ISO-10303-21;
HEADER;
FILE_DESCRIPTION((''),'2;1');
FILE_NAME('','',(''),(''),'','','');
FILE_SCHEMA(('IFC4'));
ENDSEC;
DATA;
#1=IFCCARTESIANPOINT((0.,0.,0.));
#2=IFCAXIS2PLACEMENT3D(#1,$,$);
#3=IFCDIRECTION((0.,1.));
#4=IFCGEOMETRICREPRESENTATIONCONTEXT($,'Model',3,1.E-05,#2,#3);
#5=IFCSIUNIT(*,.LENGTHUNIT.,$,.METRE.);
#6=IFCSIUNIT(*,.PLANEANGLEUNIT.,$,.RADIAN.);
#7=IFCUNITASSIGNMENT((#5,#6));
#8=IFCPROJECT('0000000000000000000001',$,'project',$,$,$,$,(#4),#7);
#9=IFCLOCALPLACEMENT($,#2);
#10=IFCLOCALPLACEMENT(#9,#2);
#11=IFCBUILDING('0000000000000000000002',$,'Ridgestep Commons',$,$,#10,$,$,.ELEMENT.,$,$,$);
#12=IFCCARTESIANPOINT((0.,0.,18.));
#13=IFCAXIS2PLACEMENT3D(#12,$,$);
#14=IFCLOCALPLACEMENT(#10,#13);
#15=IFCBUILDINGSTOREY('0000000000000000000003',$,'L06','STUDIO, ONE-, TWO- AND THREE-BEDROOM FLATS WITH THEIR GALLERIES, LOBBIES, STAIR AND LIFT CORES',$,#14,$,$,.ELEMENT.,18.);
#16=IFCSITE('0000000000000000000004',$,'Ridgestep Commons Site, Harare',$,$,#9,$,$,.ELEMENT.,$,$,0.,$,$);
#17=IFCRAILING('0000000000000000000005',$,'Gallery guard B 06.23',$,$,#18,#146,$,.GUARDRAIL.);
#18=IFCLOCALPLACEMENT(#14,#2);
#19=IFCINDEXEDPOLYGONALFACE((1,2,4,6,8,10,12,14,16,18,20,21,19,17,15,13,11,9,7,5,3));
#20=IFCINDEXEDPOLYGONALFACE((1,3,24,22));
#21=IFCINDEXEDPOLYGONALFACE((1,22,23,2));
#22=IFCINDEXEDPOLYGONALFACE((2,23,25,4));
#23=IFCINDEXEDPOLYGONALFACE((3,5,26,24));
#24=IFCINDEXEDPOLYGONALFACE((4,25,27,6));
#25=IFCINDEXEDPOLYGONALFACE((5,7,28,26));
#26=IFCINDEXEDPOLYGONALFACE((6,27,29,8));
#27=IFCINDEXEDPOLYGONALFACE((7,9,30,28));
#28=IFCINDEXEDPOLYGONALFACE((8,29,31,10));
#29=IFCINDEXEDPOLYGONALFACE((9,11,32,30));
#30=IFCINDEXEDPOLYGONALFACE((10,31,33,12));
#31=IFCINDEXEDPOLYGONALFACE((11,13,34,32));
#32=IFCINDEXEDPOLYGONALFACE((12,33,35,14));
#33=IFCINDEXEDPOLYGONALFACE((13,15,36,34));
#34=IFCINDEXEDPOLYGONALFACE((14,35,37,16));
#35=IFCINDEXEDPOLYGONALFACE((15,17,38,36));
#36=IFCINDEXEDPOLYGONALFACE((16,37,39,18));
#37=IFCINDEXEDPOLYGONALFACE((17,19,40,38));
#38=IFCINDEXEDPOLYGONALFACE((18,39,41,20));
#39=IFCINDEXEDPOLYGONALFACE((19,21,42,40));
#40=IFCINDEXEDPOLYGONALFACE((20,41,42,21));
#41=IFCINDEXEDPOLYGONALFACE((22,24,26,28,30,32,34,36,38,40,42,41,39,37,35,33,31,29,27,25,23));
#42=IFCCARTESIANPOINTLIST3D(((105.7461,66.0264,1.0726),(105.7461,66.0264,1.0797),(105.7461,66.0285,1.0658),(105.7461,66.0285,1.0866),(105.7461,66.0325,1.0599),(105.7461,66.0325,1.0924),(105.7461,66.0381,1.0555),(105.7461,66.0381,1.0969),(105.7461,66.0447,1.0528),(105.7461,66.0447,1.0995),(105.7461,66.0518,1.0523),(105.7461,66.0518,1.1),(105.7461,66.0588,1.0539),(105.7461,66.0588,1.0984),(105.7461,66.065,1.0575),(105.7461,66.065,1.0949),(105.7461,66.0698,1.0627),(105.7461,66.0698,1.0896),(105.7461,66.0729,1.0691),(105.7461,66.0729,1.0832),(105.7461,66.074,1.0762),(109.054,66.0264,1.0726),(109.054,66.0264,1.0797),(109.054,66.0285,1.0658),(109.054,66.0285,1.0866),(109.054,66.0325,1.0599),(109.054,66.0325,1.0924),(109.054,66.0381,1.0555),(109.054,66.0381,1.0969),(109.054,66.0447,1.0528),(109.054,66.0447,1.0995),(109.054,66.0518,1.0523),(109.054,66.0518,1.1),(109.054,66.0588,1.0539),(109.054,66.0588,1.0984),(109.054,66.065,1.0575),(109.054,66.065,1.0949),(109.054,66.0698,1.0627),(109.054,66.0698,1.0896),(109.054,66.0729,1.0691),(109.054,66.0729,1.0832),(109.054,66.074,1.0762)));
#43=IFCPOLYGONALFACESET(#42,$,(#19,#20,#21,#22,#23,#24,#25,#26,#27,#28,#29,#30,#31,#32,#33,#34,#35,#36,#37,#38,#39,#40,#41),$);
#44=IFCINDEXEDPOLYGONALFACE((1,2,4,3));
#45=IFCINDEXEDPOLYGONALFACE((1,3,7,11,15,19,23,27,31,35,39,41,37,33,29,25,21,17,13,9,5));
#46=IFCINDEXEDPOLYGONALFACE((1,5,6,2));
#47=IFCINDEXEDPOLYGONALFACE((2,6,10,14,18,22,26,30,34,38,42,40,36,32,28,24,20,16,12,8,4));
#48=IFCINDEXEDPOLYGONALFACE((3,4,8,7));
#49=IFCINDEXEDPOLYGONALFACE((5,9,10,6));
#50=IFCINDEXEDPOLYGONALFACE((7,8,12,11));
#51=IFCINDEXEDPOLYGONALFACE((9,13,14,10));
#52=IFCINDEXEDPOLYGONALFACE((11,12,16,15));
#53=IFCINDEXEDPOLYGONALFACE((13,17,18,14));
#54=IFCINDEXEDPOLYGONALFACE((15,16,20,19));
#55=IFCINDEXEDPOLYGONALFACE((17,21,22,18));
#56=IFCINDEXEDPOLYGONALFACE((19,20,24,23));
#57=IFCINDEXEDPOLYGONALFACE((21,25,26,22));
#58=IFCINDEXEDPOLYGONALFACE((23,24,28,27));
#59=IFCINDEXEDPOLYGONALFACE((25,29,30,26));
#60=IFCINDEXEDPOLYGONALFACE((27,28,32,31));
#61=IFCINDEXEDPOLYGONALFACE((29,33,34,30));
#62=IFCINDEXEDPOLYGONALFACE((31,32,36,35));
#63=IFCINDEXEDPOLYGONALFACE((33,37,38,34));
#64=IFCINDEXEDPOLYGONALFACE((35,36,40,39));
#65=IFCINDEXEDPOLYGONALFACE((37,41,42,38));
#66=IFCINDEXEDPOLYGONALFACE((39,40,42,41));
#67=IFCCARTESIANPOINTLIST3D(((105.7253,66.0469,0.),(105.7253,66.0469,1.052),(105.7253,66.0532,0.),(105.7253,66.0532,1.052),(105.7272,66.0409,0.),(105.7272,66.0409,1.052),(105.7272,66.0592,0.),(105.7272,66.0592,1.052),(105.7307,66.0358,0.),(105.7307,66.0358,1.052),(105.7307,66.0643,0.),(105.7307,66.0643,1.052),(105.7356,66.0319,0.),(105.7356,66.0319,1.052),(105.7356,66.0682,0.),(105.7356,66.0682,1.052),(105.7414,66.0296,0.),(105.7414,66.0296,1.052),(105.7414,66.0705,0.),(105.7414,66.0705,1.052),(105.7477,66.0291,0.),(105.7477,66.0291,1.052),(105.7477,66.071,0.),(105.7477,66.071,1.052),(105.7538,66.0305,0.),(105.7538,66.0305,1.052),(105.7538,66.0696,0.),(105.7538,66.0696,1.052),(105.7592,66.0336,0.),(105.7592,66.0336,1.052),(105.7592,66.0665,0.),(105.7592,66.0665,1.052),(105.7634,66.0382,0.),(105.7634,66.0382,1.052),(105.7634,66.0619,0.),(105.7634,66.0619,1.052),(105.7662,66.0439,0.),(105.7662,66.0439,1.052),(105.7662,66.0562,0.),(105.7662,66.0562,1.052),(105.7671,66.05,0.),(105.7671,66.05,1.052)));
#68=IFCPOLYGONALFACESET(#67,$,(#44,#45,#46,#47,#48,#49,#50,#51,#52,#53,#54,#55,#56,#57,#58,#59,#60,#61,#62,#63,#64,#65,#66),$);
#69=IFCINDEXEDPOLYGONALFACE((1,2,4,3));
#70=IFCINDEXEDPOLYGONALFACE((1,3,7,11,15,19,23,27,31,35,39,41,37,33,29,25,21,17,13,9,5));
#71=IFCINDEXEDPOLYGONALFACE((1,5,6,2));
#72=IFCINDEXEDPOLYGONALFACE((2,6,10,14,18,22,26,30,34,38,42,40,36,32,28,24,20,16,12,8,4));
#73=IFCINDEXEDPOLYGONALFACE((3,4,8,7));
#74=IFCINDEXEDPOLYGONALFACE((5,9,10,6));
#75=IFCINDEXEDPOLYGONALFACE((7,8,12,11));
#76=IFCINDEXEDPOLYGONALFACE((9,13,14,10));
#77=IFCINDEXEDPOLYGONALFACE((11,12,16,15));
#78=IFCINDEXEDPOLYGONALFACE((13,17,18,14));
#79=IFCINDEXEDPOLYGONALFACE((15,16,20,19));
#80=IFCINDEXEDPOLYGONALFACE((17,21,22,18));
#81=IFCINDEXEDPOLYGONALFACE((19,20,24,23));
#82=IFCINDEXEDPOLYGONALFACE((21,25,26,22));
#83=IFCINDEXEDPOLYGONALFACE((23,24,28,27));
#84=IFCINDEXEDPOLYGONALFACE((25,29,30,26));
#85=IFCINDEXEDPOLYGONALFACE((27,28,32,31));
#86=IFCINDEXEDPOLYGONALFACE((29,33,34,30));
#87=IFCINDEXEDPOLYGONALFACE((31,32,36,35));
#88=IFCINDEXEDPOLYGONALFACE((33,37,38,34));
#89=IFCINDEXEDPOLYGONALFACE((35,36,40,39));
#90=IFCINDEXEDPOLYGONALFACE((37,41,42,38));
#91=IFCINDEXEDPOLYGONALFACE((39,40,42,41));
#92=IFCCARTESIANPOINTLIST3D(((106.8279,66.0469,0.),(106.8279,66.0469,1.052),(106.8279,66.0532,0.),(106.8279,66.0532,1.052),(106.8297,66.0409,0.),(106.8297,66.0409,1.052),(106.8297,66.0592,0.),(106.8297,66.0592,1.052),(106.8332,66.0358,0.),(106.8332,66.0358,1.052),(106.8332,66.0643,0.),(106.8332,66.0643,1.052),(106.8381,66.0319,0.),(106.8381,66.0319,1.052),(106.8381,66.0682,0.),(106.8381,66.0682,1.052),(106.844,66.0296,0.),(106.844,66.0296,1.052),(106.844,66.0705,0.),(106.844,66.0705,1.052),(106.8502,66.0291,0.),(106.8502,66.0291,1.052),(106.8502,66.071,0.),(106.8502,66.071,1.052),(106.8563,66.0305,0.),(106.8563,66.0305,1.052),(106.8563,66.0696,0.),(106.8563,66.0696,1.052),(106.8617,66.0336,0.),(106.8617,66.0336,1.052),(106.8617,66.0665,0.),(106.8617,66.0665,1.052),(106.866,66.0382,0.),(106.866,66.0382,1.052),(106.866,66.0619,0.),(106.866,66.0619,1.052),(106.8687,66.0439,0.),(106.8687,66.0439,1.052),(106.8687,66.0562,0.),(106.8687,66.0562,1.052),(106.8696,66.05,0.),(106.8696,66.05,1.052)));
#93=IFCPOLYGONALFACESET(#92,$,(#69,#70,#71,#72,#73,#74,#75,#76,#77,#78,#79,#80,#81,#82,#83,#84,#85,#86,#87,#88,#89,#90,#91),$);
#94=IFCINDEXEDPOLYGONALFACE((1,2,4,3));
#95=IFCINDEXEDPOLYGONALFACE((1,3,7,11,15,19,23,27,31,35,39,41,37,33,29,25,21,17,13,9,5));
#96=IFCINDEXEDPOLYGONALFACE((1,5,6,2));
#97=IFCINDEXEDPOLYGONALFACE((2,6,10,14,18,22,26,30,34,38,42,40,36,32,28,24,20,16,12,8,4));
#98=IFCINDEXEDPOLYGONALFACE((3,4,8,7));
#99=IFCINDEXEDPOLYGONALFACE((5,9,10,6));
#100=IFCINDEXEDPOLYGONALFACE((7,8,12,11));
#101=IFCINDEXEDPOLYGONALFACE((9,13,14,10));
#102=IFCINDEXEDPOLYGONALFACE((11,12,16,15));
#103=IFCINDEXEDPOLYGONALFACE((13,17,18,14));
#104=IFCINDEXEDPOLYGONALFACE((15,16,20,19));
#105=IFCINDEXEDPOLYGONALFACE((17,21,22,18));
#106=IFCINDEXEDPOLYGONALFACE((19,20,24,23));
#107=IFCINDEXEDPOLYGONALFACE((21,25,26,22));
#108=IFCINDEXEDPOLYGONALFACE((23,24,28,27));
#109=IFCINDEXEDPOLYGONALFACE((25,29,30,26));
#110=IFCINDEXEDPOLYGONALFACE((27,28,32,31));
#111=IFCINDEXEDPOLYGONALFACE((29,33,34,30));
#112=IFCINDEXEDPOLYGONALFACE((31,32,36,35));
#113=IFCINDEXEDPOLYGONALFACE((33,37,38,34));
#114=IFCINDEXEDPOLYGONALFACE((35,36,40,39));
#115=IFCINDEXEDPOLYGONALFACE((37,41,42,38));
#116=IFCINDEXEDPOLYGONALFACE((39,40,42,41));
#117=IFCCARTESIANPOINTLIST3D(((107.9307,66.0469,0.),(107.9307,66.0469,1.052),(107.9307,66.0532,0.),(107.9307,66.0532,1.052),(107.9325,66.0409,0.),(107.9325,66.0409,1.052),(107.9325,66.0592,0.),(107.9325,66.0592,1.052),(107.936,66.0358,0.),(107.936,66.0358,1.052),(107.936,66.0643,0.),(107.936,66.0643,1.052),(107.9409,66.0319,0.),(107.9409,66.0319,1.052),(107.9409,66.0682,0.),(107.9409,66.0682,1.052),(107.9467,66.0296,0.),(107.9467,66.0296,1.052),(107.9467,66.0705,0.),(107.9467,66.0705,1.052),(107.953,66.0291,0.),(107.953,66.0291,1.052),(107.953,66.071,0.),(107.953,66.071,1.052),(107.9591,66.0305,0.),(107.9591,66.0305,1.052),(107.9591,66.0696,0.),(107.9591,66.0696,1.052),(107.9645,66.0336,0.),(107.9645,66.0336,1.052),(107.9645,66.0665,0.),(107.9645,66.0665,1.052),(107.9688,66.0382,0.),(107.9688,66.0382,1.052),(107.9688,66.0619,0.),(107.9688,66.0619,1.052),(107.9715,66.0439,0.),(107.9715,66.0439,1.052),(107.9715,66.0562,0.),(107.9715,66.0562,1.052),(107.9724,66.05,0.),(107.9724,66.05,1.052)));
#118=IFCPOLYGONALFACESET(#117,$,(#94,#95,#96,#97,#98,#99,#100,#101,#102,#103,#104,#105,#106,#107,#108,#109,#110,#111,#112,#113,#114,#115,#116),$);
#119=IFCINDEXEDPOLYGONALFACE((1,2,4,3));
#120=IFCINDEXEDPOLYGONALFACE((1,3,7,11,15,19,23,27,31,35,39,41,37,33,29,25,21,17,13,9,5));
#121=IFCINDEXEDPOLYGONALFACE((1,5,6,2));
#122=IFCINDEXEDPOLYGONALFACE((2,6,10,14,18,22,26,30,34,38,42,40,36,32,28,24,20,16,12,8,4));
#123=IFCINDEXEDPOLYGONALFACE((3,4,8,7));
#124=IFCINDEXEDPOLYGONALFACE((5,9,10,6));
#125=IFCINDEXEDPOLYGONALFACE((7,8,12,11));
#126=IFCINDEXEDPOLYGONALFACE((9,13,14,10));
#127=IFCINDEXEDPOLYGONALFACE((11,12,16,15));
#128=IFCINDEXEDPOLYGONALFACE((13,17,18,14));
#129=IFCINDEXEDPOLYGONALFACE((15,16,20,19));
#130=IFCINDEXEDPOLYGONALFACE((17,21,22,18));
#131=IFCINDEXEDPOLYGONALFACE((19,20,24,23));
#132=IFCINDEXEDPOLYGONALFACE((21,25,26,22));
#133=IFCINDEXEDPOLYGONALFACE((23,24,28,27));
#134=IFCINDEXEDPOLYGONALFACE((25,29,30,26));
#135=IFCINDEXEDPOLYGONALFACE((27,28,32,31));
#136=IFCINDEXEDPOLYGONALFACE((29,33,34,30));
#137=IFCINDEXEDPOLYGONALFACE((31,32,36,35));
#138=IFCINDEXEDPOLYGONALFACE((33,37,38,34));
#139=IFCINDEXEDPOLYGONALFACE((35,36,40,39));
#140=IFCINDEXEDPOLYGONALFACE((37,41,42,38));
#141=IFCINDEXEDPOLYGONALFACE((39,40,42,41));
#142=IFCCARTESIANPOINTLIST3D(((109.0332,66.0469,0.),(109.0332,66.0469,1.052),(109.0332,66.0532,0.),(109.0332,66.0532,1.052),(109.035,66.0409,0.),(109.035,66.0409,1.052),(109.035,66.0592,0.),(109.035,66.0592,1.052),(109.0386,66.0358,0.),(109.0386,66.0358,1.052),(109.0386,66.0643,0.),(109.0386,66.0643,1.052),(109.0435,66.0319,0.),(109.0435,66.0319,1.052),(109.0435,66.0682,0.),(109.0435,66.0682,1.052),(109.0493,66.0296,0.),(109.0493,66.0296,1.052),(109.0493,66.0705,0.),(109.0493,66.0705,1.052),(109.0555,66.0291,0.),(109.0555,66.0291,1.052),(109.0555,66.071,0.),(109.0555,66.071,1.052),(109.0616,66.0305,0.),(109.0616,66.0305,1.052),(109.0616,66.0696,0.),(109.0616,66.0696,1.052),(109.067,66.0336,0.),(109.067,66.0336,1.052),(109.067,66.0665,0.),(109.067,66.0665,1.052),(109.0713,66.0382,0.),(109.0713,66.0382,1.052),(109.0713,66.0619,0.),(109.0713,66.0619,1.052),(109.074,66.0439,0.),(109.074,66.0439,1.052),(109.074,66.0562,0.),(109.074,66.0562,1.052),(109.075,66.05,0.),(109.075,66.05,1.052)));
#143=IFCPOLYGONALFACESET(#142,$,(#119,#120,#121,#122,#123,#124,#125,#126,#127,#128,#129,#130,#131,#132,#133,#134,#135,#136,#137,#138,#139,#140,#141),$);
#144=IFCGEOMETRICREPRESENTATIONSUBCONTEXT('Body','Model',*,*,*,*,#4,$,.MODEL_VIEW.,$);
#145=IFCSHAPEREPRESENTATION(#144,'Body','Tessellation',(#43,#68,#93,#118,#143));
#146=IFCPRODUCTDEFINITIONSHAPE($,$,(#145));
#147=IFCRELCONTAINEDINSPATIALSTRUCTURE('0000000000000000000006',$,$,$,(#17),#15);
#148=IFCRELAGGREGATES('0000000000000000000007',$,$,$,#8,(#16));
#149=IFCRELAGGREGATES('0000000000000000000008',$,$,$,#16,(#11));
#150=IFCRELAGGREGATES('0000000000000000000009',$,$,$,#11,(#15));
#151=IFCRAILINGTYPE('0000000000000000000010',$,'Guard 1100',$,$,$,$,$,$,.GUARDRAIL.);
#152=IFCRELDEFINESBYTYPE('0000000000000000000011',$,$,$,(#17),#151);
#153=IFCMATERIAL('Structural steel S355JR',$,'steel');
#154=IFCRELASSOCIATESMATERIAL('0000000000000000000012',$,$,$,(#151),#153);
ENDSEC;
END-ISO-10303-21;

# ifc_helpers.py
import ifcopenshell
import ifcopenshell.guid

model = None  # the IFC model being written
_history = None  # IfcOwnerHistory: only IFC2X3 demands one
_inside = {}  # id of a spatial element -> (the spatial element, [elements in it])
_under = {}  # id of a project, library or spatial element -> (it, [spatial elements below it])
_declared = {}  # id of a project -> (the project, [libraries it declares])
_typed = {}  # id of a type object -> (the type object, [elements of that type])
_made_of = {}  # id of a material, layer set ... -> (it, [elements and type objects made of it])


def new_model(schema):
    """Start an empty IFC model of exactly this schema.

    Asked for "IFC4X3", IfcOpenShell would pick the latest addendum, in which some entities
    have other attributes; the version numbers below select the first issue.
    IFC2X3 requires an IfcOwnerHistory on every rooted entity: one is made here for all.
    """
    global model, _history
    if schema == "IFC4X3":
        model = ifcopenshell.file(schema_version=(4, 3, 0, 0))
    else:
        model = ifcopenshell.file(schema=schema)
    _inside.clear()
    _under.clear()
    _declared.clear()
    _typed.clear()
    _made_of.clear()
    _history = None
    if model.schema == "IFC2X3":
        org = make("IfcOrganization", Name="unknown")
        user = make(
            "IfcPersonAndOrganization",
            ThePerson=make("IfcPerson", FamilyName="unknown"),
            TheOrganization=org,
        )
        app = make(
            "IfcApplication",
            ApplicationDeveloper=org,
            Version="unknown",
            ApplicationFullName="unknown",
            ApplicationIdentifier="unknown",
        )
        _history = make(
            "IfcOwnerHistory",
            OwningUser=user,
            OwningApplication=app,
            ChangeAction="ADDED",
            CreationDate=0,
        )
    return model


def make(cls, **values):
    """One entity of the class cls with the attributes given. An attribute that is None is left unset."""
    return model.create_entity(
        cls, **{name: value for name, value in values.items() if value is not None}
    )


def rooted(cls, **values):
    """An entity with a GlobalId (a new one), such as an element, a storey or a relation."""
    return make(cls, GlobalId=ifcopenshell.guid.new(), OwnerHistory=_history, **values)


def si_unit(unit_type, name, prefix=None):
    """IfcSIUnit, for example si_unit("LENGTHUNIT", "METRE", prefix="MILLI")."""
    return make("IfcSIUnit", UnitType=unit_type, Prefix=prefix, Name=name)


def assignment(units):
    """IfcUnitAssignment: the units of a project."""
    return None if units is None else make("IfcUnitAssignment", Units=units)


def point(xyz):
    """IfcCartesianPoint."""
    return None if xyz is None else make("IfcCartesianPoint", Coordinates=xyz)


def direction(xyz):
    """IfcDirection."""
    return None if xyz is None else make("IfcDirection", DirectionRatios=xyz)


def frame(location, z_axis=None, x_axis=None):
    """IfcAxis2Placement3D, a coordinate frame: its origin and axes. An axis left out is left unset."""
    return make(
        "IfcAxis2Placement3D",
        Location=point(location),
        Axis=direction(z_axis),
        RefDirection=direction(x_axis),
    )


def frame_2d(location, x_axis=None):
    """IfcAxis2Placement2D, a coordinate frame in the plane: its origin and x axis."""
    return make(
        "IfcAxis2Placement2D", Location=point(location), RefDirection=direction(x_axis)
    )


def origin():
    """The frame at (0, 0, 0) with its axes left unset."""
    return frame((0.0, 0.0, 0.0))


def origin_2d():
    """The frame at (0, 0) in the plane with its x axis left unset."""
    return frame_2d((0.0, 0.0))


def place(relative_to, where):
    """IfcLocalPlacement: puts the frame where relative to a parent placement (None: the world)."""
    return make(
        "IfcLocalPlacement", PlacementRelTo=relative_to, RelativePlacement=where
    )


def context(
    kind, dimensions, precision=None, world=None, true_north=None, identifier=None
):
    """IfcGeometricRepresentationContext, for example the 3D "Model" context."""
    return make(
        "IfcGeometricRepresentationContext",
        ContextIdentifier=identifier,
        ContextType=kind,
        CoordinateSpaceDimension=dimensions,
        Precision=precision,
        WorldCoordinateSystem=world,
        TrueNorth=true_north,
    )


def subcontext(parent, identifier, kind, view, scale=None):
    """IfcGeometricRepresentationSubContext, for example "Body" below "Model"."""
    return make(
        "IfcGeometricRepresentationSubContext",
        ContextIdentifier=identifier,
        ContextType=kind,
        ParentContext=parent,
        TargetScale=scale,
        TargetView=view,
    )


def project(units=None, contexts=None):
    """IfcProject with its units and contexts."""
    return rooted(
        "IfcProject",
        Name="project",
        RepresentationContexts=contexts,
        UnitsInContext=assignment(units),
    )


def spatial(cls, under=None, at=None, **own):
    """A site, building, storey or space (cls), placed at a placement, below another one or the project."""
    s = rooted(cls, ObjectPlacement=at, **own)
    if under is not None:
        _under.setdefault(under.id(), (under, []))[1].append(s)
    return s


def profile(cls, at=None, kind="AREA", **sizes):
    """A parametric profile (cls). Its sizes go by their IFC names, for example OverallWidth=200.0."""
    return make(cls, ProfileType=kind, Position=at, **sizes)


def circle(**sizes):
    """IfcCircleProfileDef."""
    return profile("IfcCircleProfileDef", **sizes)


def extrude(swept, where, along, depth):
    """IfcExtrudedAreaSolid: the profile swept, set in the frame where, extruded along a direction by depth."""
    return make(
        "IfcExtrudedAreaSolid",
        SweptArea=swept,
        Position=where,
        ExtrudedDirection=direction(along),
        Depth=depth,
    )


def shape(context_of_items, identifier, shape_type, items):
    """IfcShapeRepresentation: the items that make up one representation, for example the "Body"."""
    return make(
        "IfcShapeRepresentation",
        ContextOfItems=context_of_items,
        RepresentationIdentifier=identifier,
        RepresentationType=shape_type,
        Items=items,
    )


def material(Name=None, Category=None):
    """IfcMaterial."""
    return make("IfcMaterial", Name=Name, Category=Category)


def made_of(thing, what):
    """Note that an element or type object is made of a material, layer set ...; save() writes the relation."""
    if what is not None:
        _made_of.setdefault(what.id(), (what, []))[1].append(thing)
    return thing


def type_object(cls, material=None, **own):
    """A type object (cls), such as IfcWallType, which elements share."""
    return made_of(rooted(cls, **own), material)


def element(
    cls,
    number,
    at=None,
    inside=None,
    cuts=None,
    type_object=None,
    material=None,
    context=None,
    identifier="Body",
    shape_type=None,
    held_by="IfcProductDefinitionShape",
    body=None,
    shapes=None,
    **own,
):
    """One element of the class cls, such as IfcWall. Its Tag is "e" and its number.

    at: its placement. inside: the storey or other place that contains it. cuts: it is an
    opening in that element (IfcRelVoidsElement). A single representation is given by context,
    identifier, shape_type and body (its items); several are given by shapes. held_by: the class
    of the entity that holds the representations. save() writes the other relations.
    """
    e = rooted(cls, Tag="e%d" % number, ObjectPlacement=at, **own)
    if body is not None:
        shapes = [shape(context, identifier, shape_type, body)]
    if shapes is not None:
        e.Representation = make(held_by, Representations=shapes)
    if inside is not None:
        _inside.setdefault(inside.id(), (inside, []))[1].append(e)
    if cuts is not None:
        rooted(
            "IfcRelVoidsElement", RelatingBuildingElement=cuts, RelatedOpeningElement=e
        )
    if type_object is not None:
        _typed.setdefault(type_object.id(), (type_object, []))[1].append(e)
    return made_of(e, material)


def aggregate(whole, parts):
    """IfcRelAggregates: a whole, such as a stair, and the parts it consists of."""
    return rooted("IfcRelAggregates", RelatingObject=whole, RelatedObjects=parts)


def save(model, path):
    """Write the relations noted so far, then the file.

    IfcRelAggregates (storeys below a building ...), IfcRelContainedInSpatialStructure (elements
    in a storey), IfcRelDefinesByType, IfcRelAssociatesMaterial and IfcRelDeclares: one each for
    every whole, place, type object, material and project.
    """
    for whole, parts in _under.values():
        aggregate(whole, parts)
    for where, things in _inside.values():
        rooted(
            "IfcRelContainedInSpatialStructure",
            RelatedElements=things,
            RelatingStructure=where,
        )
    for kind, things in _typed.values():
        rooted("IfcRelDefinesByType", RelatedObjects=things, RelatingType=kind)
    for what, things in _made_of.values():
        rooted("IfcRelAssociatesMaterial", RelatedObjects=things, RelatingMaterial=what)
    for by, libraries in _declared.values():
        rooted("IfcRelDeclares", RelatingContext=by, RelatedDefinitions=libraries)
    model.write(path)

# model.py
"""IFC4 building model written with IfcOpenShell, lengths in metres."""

from ifc_helpers import new_model, si_unit, direction, frame, origin, origin_2d, place, context, subcontext, project, spatial, circle, extrude, material, type_object, element, save


model = new_model("IFC4")

# Units and contexts
model_context = context("Model", 3, precision=1e-05, world=origin(), true_north=direction((0.0, 1.0)))
body_context = subcontext(model_context, "Body", "Model", "MODEL_VIEW")
ifc_project = project(units=[si_unit("LENGTHUNIT", "METRE"), si_unit("PLANEANGLEUNIT", "RADIAN")], contexts=[model_context])

# Site, building, storey
site_placement = place(None, origin())
site = spatial("IfcSite", under=ifc_project, at=site_placement, Name="Ridgestep Commons Site, Harare", CompositionType="ELEMENT", RefElevation=0.0)
building_placement = place(site_placement, origin())
building = spatial("IfcBuilding", under=site, at=building_placement, Name="Ridgestep Commons", CompositionType="ELEMENT")
storey_placement = place(building_placement, frame((0.0, 0.0, 18.0)))
storey = spatial("IfcBuildingStorey", under=building, at=storey_placement, Name="L06", Description="STUDIO, ONE-, TWO- AND THREE-BEDROOM FLATS WITH THEIR GALLERIES, LOBBIES, STAIR AND LIFT CORES", CompositionType="ELEMENT", Elevation=18.0)

# Railing
ifc_material_1 = material(Name="Structural steel S355JR", Category="steel")
railing_type = type_object("IfcRailingType", Name="Guard 1100", PredefinedType="GUARDRAIL", material=ifc_material_1)
railing_1_placement = place(storey_placement, frame((105.7461, 66.05, 0.0)))
element("IfcRailing", 1, at=railing_1_placement, inside=storey, type_object=railing_type, Name="Gallery guard B 06.23", PredefinedType="GUARDRAIL", context=body_context, shape_type="SweptSolid", body=[
    extrude(circle(Radius=0.0239, at=origin_2d()), frame((0.0, 0.0, 1.0762), z_axis=(1.0, 0.0, 0.0), x_axis=(0.0, 1.0, 0.0)), (0.0, 0.0, 1.0), 3.3079),
    extrude(circle(Radius=0.021, at=origin_2d()), origin(), (0.0, 0.0, 1.0), 1.052),
    extrude(circle(Radius=0.021, at=origin_2d()), frame((1.1025, 0.0, 0.0)), (0.0, 0.0, 1.0), 1.052),
    extrude(circle(Radius=0.021, at=origin_2d()), frame((2.2053, 0.0, 0.0)), (0.0, 0.0, 1.0), 1.052),
    extrude(circle(Radius=0.021, at=origin_2d()), frame((3.3079, 0.0, 0.0)), (0.0, 0.0, 1.0), 1.052),
])

save(model, "model.ifc")
